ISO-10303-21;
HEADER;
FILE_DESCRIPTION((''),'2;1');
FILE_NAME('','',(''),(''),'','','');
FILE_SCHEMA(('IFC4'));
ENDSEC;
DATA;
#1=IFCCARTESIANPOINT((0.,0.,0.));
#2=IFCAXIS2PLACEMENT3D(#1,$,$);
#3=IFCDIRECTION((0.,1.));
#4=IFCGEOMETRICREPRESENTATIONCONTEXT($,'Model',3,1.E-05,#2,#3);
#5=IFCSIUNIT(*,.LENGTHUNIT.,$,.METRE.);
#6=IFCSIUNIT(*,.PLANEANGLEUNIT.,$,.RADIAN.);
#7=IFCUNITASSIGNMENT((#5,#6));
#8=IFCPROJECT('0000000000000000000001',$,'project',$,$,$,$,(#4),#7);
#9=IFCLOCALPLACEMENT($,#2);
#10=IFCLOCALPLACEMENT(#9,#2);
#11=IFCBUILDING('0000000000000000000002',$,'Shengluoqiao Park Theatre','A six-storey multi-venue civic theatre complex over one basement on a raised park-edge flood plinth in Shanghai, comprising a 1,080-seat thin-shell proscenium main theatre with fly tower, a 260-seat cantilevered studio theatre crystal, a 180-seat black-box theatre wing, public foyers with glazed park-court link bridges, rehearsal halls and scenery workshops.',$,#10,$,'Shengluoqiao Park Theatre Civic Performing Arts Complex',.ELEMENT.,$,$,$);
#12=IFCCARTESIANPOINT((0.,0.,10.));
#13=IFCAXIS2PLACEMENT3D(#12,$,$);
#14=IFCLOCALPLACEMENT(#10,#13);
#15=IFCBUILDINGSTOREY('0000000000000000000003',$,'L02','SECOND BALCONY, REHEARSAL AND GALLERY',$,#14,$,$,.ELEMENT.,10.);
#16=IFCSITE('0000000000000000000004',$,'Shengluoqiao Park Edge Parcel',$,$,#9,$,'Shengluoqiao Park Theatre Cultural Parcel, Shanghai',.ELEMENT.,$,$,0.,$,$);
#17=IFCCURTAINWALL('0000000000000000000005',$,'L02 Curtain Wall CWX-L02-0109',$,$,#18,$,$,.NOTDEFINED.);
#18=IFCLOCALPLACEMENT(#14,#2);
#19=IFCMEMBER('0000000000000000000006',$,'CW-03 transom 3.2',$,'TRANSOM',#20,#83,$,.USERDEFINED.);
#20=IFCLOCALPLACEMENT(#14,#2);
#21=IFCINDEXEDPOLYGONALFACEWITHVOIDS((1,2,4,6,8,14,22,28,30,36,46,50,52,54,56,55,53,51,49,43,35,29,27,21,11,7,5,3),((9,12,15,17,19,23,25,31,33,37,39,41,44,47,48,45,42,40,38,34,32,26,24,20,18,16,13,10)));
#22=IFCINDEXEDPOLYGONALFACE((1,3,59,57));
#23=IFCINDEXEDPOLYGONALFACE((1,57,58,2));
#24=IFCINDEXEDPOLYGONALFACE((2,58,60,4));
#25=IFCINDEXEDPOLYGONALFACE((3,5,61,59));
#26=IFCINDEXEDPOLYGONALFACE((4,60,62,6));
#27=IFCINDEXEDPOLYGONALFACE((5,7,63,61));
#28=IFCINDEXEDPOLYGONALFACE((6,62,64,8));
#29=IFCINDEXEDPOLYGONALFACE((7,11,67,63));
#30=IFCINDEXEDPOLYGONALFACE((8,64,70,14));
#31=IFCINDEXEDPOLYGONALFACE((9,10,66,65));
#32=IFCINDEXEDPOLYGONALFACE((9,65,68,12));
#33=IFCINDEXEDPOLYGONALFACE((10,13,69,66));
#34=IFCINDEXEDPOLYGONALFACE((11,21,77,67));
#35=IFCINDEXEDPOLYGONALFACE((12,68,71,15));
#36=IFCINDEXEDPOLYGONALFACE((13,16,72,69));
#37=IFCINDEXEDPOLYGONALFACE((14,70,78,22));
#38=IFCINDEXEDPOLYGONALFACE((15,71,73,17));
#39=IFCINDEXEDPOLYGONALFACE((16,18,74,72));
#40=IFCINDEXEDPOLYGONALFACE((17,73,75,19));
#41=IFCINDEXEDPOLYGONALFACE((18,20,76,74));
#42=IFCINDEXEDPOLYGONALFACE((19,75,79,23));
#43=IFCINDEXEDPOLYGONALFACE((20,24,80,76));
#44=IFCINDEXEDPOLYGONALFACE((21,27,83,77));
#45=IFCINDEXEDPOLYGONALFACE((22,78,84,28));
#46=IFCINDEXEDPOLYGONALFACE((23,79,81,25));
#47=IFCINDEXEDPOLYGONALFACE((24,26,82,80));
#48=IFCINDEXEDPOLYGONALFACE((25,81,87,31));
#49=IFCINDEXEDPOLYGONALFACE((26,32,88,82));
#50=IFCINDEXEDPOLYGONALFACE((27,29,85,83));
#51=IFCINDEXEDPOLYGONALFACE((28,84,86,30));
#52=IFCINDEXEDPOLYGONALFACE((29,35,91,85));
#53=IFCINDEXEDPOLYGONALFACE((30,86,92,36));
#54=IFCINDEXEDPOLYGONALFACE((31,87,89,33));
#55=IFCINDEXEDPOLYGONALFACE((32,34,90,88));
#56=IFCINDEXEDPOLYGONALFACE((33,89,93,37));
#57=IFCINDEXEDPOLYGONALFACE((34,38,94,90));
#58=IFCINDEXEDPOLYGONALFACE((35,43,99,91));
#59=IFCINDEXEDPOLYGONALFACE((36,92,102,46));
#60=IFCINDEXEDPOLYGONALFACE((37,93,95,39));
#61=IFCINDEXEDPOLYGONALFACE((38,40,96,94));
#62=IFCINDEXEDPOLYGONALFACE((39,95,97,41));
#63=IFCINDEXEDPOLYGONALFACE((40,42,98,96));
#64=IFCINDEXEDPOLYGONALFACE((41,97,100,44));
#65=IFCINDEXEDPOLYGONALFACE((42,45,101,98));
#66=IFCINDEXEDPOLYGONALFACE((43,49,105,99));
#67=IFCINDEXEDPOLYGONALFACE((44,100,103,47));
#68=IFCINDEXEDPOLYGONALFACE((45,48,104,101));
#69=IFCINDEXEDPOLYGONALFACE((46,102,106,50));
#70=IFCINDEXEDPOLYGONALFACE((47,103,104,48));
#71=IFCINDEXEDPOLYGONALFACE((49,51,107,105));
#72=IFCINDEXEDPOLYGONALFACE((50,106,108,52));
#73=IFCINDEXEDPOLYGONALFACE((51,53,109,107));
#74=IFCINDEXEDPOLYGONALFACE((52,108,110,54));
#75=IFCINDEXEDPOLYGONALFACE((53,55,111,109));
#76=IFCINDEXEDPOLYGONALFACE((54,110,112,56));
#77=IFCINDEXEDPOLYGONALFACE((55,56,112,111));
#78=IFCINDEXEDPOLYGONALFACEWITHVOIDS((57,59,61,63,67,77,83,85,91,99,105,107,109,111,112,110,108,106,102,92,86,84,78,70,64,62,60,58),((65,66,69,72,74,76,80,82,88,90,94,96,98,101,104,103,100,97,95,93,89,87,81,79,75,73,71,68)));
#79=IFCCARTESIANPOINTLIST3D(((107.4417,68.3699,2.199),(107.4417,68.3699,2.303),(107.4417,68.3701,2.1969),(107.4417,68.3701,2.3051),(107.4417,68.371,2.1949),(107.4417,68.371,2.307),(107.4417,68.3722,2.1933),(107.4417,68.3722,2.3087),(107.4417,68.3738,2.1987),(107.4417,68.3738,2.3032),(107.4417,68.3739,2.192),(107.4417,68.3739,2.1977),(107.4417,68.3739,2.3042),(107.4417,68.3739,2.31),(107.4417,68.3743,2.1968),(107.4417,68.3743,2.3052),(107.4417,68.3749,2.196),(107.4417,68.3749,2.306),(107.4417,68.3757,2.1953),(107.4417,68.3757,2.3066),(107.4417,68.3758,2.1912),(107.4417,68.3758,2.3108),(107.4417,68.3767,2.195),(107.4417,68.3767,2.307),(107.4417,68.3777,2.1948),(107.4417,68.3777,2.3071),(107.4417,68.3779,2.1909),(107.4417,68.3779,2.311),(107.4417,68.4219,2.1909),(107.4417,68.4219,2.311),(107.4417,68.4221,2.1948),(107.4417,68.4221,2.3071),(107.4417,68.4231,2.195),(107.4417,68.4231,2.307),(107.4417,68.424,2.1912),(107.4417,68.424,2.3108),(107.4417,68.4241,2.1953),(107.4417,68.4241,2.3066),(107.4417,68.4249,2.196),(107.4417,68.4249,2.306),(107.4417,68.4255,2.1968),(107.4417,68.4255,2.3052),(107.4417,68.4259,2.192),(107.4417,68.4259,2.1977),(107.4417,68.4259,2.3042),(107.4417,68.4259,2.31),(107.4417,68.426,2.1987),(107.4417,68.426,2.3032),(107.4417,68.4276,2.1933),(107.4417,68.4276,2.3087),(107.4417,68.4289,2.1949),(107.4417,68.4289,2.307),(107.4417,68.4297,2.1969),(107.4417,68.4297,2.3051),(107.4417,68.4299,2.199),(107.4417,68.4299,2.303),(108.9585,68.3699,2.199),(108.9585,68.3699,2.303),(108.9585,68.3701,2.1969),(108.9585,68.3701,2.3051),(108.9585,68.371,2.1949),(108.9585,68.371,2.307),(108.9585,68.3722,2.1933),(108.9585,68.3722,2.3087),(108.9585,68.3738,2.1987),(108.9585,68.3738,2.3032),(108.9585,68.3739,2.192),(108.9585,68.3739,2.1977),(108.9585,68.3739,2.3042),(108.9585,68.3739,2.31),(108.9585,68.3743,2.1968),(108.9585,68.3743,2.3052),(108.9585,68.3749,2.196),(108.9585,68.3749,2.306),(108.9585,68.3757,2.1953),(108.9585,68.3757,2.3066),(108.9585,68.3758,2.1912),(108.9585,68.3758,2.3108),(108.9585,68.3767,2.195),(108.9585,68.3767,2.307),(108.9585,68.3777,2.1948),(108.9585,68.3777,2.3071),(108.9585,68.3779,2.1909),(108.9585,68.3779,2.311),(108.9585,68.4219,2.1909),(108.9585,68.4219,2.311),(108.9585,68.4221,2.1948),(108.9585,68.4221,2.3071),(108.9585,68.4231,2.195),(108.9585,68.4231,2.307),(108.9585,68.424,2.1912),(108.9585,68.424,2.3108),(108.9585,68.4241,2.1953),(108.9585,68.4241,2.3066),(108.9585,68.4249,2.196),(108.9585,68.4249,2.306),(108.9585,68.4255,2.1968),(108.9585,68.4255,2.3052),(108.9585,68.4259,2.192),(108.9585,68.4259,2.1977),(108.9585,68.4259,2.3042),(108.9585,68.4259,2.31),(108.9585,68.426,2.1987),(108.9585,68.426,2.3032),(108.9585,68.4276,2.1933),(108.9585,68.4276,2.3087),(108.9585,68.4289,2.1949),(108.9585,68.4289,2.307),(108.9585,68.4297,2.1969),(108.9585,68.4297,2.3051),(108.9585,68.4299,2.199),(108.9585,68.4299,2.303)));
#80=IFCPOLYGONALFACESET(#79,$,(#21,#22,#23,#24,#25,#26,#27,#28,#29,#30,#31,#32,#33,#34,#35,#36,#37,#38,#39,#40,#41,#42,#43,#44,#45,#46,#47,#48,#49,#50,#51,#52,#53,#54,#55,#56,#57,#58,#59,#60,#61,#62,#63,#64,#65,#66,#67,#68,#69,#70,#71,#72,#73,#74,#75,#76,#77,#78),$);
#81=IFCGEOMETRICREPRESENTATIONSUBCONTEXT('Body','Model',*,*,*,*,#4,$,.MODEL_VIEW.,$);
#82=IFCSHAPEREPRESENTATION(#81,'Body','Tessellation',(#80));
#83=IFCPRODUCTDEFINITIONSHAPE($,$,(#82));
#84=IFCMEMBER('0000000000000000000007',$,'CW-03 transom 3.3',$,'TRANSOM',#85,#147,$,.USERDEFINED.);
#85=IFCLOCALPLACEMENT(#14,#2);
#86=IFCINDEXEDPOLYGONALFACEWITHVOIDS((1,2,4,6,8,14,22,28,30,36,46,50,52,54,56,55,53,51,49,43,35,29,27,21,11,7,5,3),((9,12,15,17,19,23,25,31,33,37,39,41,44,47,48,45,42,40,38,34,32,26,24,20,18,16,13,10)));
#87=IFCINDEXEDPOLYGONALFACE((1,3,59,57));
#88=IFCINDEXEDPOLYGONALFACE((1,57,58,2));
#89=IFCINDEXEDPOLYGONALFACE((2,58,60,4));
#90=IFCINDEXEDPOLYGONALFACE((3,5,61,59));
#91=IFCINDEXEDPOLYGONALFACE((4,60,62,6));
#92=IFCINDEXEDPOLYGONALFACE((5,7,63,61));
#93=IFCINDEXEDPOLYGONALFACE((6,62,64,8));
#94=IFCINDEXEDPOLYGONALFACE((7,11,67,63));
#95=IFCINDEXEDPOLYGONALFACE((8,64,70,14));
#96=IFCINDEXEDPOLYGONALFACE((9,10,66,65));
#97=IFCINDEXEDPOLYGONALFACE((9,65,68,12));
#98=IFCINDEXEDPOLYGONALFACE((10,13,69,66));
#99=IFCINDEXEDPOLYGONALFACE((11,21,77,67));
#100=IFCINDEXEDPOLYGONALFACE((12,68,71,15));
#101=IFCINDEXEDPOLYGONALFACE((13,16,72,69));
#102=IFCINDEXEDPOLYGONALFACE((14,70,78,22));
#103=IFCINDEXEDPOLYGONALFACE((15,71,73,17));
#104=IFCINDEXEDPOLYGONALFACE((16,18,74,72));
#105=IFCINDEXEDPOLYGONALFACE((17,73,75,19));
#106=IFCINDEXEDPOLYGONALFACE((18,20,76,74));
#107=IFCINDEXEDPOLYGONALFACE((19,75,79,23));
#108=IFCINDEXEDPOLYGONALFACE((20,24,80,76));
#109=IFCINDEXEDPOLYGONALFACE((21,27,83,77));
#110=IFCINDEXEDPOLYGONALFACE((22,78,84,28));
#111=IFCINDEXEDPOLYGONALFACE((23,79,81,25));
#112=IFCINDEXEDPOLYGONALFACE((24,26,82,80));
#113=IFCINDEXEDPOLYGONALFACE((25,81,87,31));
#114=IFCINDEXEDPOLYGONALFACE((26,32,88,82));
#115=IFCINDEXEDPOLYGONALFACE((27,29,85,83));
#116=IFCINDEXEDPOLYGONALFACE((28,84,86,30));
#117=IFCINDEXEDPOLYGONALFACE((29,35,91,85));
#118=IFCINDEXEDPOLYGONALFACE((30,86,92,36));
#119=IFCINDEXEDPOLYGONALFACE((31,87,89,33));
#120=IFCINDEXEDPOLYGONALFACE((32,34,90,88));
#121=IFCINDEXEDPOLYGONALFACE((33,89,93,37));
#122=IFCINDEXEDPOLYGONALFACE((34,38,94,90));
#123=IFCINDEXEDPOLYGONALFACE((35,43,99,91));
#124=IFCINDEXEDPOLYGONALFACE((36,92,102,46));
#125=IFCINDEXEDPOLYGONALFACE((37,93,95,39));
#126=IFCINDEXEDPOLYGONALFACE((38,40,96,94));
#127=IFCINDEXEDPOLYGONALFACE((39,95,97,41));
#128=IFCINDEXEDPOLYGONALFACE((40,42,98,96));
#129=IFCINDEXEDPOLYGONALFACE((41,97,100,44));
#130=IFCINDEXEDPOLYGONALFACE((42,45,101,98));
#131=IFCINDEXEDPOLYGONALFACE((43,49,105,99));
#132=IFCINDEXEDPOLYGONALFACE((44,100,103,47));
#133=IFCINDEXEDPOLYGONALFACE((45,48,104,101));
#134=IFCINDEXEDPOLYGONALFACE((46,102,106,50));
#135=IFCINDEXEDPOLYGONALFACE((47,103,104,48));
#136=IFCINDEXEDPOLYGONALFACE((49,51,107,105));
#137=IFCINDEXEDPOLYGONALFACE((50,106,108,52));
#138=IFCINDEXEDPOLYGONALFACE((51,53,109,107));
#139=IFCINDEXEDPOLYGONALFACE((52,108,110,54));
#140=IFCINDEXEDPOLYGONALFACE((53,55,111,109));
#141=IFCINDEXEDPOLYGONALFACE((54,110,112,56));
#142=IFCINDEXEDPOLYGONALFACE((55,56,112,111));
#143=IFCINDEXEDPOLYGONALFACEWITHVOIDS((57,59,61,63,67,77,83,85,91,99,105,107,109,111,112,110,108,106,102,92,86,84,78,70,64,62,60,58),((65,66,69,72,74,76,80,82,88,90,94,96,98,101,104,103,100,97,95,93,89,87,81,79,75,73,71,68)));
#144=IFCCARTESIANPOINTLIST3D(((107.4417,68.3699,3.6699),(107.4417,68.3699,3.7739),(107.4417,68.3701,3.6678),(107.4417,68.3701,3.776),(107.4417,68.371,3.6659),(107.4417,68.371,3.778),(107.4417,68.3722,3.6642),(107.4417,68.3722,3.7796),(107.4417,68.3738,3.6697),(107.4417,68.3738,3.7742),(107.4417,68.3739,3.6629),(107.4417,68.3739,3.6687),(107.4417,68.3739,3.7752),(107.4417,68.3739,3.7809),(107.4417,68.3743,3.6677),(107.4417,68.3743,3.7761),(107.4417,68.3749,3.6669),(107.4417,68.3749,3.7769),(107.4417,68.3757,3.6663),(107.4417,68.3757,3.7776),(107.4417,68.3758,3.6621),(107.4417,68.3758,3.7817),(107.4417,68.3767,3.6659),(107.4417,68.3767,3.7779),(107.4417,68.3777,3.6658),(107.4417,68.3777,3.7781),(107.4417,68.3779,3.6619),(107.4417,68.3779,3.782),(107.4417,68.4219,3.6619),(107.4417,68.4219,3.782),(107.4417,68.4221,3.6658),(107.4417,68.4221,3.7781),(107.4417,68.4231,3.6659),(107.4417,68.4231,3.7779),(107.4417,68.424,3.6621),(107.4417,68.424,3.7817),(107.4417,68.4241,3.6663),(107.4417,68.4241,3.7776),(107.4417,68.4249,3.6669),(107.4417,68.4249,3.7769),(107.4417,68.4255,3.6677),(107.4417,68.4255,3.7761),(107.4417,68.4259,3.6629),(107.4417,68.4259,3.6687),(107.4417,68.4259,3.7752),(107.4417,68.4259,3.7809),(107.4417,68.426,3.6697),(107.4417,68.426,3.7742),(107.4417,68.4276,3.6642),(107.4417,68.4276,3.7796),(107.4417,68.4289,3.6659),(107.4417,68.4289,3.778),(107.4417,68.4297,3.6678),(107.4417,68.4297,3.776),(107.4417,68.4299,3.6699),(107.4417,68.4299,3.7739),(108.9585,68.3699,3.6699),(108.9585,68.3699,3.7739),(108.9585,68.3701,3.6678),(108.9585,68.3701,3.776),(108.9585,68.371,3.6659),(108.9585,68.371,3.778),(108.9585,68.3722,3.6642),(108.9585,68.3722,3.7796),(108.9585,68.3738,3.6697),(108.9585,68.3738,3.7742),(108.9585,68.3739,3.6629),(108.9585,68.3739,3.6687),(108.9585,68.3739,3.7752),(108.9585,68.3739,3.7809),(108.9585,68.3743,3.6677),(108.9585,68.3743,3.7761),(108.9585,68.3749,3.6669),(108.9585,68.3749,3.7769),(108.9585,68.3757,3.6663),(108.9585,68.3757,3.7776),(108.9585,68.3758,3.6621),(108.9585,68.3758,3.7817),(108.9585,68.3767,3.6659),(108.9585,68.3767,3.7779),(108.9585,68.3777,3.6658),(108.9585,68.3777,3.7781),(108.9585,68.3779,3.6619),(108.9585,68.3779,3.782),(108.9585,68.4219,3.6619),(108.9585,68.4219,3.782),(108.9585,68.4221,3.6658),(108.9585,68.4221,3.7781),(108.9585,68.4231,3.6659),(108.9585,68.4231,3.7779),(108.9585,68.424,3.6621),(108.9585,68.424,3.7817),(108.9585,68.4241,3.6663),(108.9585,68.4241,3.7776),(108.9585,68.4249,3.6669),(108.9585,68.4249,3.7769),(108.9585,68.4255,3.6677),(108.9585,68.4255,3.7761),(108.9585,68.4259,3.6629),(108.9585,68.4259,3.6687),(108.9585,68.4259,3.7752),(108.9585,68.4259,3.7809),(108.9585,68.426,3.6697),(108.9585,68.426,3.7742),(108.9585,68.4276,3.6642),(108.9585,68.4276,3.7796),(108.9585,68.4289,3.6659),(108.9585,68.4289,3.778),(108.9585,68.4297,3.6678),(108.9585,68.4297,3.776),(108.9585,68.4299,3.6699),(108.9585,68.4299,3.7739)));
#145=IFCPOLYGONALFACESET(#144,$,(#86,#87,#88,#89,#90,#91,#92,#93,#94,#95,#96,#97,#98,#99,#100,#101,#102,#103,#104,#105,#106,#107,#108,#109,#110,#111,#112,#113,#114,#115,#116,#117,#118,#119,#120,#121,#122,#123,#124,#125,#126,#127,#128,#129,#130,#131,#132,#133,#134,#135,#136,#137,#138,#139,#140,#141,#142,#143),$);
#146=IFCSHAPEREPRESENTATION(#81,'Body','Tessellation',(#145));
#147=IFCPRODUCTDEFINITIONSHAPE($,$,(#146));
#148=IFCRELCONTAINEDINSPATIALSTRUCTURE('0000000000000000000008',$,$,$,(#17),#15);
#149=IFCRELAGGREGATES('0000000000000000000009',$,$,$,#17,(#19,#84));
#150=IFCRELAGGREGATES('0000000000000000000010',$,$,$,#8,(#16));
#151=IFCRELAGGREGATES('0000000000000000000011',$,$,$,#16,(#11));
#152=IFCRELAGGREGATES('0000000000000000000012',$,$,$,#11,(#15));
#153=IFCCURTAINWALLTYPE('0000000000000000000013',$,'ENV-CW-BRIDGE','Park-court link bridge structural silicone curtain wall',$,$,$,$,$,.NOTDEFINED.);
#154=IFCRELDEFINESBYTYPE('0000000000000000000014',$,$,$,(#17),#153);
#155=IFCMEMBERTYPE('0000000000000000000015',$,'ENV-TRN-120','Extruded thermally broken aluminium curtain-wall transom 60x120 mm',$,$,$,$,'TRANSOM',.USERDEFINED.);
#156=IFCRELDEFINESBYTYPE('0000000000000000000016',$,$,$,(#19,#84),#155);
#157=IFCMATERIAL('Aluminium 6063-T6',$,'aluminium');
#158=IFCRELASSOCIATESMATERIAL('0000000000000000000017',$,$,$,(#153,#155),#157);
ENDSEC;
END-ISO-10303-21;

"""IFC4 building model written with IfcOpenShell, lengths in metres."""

from ifc_helpers import new_model, si_unit, direction, frame, origin, origin_2d, place, context, subcontext, project, spatial, hollow_rectangle, extrude, material, material_profile, profile_set, type_object, element, aggregate, save


model = new_model("IFC4")

# Units and contexts
model_context = context("Model", 3, precision=1e-05, world=origin(), true_north=direction((0.0, 1.0)))
body_context = subcontext(model_context, "Body", "Model", "MODEL_VIEW")
ifc_project = project(units=[si_unit("LENGTHUNIT", "METRE"), si_unit("PLANEANGLEUNIT", "RADIAN")], contexts=[model_context])

# Site, building, storey
site_placement = place(None, origin())
site = spatial("IfcSite", under=ifc_project, at=site_placement, Name="Shengluoqiao Park Edge Parcel", LongName="Shengluoqiao Park Theatre Cultural Parcel, Shanghai", CompositionType="ELEMENT", RefElevation=0.0)
building_placement = place(site_placement, origin())
building = spatial("IfcBuilding", under=site, at=building_placement, Name="Shengluoqiao Park Theatre", Description="A six-storey multi-venue civic theatre complex over one basement on a raised park-edge flood plinth in Shanghai, comprising a 1,080-seat thin-shell proscenium main theatre with fly tower, a 260-seat cantilevered studio theatre crystal, a 180-seat black-box theatre wing, public foyers with glazed park-court link bridges, rehearsal halls and scenery workshops.", LongName="Shengluoqiao Park Theatre Civic Performing Arts Complex", CompositionType="ELEMENT")
storey_placement = place(building_placement, frame((0.0, 0.0, 10.0)))
storey = spatial("IfcBuildingStorey", under=building, at=storey_placement, Name="L02", Description="SECOND BALCONY, REHEARSAL AND GALLERY", CompositionType="ELEMENT", Elevation=10.0)

# Curtain wall, members
ifc_material_1 = material(Name="Aluminium 6063-T6", Category="aluminium")
curtain_wall_type = type_object("IfcCurtainWallType", Name="ENV-CW-BRIDGE", Description="Park-court link bridge structural silicone curtain wall", PredefinedType="NOTDEFINED", material=ifc_material_1)
curtain_wall_placement = place(storey_placement, origin())
curtain_wall = element("IfcCurtainWall", 1, at=curtain_wall_placement, inside=storey, type_object=curtain_wall_type, Name="L02 Curtain Wall CWX-L02-0109", PredefinedType="NOTDEFINED")
ifc_material_profile_1 = material_profile(ifc_material_1, hollow_rectangle(XDim=0.0601, YDim=0.1201, WallThickness=0.0039, InnerFilletRadius=0.0039, OuterFilletRadius=0.0081, at=origin_2d()), Name="ALU TRANSOM 120x60x4")
ifc_profile_set_1 = profile_set([ifc_material_profile_1], Name="Aluminium 6063-T6")
member_type_1 = type_object("IfcMemberType", Name="ENV-TRN-120", Description="Extruded thermally broken aluminium curtain-wall transom 60x120 mm", ElementType="TRANSOM", PredefinedType="USERDEFINED", material=ifc_profile_set_1)
member_1_placement = place(storey_placement, frame((107.4417, 68.3999, 2.251), z_axis=(1.0, 0.0, 0.0), x_axis=(0.0, 1.0, 0.0)))
member_1 = element("IfcMember", 2, at=member_1_placement, type_object=member_type_1, Name="CW-03 transom 3.2", ObjectType="TRANSOM", PredefinedType="USERDEFINED", context=body_context, shape_type="SweptSolid", body=[
    extrude(hollow_rectangle(XDim=0.0601, YDim=0.1201, WallThickness=0.0039, InnerFilletRadius=0.0039, OuterFilletRadius=0.0081, at=origin_2d()), origin(), (0.0, 0.0, 1.0), 1.5168),
])
member_2_placement = place(storey_placement, frame((107.4417, 68.3999, 3.7219), z_axis=(1.0, 0.0, 0.0), x_axis=(0.0, 1.0, 0.0)))
member_2 = element("IfcMember", 3, at=member_2_placement, type_object=member_type_1, Name="CW-03 transom 3.3", ObjectType="TRANSOM", PredefinedType="USERDEFINED", context=body_context, shape_type="SweptSolid", body=[
    extrude(hollow_rectangle(XDim=0.0601, YDim=0.1201, WallThickness=0.0039, InnerFilletRadius=0.0039, OuterFilletRadius=0.0081, at=origin_2d()), origin(), (0.0, 0.0, 1.0), 1.5168),
])
aggregate(curtain_wall, [member_1, member_2])

save(model, "model.ifc")
